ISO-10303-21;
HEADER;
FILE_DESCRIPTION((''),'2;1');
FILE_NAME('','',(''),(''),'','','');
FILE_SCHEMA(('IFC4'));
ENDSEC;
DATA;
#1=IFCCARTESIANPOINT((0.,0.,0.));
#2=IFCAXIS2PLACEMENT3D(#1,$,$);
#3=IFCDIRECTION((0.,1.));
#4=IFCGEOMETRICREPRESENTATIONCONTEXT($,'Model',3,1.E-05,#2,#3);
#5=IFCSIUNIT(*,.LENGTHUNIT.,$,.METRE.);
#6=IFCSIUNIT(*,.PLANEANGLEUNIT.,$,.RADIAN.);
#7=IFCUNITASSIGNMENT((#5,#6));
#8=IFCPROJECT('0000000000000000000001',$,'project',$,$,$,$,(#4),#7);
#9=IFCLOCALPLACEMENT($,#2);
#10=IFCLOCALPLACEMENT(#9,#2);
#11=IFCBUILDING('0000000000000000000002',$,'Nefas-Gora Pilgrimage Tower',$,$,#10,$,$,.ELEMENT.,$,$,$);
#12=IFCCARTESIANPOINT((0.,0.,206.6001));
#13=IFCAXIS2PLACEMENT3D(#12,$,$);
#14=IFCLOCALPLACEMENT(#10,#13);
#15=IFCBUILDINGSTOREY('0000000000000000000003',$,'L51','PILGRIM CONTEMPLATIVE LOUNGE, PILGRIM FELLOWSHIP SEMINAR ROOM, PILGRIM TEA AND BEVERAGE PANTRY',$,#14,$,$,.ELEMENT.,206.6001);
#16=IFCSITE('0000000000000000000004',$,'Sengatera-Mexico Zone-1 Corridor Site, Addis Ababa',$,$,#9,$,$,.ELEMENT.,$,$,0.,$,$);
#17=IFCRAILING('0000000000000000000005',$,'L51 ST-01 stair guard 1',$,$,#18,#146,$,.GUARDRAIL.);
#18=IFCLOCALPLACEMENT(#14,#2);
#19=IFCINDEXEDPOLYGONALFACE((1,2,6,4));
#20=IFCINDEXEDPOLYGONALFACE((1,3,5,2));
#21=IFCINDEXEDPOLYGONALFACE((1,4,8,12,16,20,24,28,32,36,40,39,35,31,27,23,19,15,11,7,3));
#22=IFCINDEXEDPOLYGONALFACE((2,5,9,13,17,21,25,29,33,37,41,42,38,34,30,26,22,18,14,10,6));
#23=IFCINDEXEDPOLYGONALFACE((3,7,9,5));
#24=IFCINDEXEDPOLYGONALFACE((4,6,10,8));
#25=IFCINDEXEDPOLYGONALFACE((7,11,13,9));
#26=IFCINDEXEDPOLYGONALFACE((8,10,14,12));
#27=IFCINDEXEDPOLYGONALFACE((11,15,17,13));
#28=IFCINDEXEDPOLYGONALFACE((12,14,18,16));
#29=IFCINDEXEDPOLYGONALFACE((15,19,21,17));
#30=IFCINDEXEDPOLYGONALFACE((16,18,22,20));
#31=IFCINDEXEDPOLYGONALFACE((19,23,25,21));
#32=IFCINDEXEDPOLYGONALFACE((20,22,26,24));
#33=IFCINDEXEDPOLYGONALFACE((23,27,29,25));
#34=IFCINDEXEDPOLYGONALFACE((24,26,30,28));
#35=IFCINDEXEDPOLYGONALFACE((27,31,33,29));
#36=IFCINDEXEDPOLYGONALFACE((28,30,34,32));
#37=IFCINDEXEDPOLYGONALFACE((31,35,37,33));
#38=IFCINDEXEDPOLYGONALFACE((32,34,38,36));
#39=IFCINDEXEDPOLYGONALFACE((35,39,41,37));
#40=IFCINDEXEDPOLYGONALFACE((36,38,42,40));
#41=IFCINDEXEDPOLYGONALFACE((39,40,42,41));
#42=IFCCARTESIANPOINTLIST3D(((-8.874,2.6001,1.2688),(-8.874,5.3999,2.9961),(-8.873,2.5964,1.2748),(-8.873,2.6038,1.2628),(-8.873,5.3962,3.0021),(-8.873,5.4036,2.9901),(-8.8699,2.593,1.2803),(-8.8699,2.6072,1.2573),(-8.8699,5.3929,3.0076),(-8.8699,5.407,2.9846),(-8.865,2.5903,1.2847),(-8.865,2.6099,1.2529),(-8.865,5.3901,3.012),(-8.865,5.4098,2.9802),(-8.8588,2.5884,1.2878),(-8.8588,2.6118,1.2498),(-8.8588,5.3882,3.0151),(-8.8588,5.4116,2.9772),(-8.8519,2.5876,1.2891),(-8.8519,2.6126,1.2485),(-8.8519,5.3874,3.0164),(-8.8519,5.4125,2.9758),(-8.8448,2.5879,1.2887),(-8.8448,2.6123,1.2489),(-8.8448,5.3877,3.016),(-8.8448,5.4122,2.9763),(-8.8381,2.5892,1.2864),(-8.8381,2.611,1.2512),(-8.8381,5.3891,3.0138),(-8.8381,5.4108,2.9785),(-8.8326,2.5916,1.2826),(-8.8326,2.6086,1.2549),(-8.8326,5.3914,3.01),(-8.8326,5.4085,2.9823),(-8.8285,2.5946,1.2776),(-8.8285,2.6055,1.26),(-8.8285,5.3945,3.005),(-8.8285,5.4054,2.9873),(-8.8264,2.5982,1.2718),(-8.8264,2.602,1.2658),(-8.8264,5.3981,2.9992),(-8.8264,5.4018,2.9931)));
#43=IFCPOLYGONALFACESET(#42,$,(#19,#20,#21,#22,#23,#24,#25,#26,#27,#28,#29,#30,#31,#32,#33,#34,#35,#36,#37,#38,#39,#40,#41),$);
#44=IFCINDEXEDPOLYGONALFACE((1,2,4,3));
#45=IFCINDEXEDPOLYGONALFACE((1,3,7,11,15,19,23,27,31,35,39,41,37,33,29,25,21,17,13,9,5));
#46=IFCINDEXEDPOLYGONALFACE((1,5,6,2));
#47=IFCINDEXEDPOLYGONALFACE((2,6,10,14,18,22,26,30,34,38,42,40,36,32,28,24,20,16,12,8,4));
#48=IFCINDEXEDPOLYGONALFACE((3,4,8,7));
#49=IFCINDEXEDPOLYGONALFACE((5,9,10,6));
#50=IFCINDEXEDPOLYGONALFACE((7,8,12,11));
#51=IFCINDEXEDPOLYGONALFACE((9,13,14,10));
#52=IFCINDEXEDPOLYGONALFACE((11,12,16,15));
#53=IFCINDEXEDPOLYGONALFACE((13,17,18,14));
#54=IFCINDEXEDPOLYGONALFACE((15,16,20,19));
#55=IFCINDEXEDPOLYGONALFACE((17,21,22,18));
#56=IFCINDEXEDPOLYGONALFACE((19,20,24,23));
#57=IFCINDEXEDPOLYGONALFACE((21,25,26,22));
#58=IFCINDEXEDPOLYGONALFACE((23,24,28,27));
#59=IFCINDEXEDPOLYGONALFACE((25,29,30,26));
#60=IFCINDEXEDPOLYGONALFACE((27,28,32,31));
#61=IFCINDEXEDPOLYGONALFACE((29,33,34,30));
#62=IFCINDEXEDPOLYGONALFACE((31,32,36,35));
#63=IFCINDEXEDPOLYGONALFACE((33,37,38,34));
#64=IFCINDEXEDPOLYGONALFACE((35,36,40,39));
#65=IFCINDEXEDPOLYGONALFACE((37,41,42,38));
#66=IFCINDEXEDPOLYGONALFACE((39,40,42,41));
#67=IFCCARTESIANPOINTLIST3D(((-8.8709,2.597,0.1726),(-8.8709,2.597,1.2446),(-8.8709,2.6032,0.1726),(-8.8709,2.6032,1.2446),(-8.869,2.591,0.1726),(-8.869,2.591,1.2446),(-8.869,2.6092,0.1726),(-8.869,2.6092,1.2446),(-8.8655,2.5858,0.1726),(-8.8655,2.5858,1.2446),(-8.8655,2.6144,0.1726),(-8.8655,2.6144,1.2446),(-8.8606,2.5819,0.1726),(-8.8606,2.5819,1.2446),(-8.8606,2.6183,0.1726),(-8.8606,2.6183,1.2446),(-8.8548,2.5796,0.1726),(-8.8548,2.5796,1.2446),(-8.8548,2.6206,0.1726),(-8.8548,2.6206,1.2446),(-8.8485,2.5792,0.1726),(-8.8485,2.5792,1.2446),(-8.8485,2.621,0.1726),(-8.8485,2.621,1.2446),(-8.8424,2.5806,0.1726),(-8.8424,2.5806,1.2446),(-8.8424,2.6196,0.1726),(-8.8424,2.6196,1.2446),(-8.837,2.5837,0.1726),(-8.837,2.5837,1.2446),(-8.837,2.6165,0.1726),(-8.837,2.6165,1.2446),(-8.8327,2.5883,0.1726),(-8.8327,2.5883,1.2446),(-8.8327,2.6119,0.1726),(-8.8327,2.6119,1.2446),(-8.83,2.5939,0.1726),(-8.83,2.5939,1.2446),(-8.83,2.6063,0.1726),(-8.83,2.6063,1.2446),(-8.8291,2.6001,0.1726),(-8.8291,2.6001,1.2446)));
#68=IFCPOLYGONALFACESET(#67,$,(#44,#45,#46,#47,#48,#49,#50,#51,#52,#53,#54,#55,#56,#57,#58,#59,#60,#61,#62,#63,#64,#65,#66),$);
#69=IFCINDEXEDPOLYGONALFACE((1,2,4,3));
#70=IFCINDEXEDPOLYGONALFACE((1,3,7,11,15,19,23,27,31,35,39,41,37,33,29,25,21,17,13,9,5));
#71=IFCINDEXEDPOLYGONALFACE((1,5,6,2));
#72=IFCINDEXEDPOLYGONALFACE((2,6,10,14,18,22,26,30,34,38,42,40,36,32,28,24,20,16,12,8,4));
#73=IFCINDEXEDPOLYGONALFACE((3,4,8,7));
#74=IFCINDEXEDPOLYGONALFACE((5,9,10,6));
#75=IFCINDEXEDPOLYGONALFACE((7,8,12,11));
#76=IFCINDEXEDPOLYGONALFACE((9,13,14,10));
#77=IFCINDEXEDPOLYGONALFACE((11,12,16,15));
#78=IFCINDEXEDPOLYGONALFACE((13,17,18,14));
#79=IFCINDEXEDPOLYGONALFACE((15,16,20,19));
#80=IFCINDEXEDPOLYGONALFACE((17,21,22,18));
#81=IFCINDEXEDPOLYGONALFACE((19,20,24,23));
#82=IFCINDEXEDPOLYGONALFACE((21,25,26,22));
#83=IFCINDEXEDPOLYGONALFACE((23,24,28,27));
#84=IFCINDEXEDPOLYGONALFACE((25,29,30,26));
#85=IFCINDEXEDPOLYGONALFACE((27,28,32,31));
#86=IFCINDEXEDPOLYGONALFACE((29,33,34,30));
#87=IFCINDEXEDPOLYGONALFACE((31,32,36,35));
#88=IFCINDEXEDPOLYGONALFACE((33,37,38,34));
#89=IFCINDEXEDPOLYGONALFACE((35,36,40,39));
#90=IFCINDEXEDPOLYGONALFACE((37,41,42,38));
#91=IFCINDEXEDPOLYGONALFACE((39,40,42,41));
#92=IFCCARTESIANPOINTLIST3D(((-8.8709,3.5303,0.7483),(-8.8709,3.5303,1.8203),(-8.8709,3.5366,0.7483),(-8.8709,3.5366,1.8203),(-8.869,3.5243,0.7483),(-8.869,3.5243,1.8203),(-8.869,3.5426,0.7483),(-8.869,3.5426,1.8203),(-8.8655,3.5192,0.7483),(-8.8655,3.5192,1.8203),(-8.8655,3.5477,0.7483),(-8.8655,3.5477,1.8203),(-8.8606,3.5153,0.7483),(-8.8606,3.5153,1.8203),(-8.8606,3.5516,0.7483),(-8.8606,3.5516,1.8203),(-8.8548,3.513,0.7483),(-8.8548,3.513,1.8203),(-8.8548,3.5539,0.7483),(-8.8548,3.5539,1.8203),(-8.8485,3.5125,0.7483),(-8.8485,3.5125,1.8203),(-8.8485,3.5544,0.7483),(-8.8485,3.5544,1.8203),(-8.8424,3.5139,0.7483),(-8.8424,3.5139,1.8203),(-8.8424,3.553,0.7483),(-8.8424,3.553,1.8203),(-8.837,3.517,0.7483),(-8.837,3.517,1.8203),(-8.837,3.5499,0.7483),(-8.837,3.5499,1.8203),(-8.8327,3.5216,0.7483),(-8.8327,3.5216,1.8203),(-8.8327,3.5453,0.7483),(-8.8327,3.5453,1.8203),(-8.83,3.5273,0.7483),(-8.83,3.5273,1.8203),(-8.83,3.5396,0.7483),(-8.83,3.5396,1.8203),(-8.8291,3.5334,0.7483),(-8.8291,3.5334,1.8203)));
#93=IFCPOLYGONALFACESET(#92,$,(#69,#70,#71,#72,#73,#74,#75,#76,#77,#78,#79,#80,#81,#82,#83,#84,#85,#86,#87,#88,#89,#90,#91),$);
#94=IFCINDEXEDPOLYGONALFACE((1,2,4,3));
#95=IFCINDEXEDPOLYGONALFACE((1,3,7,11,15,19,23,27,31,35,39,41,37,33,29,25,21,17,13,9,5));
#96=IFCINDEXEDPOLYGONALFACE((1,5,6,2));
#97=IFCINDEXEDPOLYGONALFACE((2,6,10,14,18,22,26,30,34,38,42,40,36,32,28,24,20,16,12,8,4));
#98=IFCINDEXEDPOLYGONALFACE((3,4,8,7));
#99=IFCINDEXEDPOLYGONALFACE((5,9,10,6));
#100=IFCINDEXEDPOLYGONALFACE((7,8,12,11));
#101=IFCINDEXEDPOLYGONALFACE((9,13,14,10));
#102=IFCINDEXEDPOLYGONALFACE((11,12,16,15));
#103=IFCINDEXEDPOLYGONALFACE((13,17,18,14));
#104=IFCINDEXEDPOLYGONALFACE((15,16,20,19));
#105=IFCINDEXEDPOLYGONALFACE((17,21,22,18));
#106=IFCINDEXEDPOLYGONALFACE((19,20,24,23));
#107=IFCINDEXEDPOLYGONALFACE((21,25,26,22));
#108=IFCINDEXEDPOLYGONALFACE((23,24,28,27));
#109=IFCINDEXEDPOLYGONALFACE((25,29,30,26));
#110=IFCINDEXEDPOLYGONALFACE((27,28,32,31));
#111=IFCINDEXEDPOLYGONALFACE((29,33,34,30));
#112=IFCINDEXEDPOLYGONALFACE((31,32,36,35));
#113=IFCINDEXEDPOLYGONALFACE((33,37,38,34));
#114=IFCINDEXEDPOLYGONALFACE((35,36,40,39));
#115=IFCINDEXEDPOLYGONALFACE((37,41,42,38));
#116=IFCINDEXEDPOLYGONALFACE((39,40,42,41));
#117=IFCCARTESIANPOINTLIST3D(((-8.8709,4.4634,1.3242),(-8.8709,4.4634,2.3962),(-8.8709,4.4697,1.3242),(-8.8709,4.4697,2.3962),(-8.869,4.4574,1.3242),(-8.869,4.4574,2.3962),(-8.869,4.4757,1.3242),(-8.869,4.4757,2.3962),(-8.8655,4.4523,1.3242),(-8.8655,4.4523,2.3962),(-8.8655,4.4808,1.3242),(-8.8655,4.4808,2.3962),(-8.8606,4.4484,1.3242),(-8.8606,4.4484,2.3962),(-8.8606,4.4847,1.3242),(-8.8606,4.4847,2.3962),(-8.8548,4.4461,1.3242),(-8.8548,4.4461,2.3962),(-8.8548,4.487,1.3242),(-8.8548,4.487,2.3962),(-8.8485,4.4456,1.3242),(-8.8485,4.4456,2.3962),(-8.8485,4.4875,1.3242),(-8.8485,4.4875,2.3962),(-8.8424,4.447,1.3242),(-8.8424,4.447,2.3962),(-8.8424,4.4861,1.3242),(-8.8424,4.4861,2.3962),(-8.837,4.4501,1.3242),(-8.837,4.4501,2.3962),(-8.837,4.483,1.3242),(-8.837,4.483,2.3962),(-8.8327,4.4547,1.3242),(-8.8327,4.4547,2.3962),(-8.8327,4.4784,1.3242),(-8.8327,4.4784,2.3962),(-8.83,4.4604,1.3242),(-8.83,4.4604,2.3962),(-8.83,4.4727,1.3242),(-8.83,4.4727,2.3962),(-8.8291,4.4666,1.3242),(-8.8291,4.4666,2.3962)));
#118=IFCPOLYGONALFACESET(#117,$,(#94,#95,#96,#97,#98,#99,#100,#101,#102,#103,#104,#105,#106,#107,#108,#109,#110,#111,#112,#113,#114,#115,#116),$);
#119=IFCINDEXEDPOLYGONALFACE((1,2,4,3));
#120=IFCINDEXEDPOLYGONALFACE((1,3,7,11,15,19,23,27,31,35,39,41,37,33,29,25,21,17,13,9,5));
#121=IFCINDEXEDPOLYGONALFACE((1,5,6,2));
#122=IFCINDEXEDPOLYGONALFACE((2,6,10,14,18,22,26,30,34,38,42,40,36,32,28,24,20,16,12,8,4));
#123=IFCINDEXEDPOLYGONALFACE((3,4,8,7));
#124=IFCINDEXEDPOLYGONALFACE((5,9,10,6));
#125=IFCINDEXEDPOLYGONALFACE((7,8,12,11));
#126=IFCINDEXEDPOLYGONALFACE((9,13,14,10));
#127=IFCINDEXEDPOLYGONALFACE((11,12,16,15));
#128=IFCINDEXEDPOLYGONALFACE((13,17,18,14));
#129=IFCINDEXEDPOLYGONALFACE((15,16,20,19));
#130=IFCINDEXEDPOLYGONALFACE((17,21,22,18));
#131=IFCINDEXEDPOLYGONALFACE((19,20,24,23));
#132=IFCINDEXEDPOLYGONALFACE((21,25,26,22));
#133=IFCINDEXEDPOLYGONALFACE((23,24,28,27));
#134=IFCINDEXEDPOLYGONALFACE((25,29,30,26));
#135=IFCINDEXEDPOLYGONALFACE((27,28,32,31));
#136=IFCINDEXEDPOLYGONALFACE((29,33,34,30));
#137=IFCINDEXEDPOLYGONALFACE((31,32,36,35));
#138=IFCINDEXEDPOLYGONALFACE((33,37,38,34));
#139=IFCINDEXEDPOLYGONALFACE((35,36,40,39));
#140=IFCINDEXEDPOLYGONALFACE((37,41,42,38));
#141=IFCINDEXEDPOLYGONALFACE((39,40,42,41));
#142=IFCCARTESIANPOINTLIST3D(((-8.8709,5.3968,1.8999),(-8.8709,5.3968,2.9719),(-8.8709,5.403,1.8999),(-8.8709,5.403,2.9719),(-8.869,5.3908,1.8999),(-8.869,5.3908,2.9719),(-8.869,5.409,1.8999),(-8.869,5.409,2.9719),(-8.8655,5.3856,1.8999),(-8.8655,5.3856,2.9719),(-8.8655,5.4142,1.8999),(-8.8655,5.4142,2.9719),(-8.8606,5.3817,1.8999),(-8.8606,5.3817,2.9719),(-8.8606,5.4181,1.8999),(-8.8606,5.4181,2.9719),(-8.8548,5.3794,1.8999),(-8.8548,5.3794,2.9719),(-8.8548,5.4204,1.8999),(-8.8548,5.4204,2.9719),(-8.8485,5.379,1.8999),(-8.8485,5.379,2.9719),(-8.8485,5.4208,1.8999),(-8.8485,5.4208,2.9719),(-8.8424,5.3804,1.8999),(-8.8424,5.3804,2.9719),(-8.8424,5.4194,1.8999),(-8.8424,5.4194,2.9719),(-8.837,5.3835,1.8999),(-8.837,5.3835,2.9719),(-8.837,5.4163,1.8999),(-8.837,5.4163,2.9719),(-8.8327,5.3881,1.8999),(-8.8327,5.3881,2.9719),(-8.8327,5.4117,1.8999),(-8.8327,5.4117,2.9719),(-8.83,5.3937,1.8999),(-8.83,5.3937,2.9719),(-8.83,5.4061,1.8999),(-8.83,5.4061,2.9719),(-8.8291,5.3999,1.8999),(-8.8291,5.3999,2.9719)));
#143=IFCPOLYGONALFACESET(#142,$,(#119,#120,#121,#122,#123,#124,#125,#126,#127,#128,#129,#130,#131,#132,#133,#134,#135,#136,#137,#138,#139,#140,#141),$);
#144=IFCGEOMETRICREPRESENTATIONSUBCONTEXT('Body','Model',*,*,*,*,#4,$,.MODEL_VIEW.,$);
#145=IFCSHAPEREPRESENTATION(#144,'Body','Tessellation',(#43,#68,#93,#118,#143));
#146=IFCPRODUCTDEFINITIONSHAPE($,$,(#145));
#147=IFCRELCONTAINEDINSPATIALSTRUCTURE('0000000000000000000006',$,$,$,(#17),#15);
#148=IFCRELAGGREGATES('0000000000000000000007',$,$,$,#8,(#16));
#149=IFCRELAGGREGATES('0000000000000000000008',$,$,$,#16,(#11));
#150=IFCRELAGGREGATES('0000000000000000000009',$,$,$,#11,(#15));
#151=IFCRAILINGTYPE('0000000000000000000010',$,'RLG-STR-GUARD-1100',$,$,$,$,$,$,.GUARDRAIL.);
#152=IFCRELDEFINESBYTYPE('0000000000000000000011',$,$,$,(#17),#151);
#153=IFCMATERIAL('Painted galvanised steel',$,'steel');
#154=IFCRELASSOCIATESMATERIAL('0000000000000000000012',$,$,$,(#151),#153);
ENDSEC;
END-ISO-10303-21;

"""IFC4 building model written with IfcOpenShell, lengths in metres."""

from ifc_helpers import new_model, si_unit, direction, frame, origin, origin_2d, place, context, subcontext, project, spatial, circle, extrude, material, type_object, element, save


model = new_model("IFC4")

# Units and contexts
model_context = context("Model", 3, precision=1e-05, world=origin(), true_north=direction((0.0, 1.0)))
body_context = subcontext(model_context, "Body", "Model", "MODEL_VIEW")
ifc_project = project(units=[si_unit("LENGTHUNIT", "METRE"), si_unit("PLANEANGLEUNIT", "RADIAN")], contexts=[model_context])

# Site, building, storey
site_placement = place(None, origin())
site = spatial("IfcSite", under=ifc_project, at=site_placement, Name="Sengatera-Mexico Zone-1 Corridor Site, Addis Ababa", CompositionType="ELEMENT", RefElevation=0.0)
building_placement = place(site_placement, origin())
building = spatial("IfcBuilding", under=site, at=building_placement, Name="Nefas-Gora Pilgrimage Tower", CompositionType="ELEMENT")
storey_placement = place(building_placement, frame((0.0, 0.0, 206.6001)))
storey = spatial("IfcBuildingStorey", under=building, at=storey_placement, Name="L51", Description="PILGRIM CONTEMPLATIVE LOUNGE, PILGRIM FELLOWSHIP SEMINAR ROOM, PILGRIM TEA AND BEVERAGE PANTRY", CompositionType="ELEMENT", Elevation=206.6001)

# Railing
ifc_material_1 = material(Name="Painted galvanised steel", Category="steel")
railing_type_1 = type_object("IfcRailingType", Name="RLG-STR-GUARD-1100", PredefinedType="GUARDRAIL", material=ifc_material_1)
railing_1_placement = place(storey_placement, frame((-8.8501, 2.6001, 0.1726)))
element("IfcRailing", 1, at=railing_1_placement, inside=storey, type_object=railing_type_1, Name="L51 ST-01 stair guard 1", PredefinedType="GUARDRAIL", context=body_context, shape_type="SweptSolid", body=[
    extrude(circle(Radius=0.0239, at=origin_2d()), frame((0.0, 0.0, 1.0962), z_axis=(0.0, 0.851069, 0.525054), x_axis=(-1.0, 0.0, 0.0)), (0.0, 0.0, 1.0), 3.2898),
    extrude(circle(Radius=0.021, at=origin_2d()), origin(), (0.0, 0.0, 1.0), 1.072),
    extrude(circle(Radius=0.021, at=origin_2d()), frame((0.0, 0.9333, 0.5757)), (0.0, 0.0, 1.0), 1.072),
    extrude(circle(Radius=0.021, at=origin_2d()), frame((0.0, 1.8665, 1.1516)), (0.0, 0.0, 1.0), 1.072),
    extrude(circle(Radius=0.021, at=origin_2d()), frame((0.0, 2.7998, 1.7273)), (0.0, 0.0, 1.0), 1.072),
])

save(model, "model.ifc")
